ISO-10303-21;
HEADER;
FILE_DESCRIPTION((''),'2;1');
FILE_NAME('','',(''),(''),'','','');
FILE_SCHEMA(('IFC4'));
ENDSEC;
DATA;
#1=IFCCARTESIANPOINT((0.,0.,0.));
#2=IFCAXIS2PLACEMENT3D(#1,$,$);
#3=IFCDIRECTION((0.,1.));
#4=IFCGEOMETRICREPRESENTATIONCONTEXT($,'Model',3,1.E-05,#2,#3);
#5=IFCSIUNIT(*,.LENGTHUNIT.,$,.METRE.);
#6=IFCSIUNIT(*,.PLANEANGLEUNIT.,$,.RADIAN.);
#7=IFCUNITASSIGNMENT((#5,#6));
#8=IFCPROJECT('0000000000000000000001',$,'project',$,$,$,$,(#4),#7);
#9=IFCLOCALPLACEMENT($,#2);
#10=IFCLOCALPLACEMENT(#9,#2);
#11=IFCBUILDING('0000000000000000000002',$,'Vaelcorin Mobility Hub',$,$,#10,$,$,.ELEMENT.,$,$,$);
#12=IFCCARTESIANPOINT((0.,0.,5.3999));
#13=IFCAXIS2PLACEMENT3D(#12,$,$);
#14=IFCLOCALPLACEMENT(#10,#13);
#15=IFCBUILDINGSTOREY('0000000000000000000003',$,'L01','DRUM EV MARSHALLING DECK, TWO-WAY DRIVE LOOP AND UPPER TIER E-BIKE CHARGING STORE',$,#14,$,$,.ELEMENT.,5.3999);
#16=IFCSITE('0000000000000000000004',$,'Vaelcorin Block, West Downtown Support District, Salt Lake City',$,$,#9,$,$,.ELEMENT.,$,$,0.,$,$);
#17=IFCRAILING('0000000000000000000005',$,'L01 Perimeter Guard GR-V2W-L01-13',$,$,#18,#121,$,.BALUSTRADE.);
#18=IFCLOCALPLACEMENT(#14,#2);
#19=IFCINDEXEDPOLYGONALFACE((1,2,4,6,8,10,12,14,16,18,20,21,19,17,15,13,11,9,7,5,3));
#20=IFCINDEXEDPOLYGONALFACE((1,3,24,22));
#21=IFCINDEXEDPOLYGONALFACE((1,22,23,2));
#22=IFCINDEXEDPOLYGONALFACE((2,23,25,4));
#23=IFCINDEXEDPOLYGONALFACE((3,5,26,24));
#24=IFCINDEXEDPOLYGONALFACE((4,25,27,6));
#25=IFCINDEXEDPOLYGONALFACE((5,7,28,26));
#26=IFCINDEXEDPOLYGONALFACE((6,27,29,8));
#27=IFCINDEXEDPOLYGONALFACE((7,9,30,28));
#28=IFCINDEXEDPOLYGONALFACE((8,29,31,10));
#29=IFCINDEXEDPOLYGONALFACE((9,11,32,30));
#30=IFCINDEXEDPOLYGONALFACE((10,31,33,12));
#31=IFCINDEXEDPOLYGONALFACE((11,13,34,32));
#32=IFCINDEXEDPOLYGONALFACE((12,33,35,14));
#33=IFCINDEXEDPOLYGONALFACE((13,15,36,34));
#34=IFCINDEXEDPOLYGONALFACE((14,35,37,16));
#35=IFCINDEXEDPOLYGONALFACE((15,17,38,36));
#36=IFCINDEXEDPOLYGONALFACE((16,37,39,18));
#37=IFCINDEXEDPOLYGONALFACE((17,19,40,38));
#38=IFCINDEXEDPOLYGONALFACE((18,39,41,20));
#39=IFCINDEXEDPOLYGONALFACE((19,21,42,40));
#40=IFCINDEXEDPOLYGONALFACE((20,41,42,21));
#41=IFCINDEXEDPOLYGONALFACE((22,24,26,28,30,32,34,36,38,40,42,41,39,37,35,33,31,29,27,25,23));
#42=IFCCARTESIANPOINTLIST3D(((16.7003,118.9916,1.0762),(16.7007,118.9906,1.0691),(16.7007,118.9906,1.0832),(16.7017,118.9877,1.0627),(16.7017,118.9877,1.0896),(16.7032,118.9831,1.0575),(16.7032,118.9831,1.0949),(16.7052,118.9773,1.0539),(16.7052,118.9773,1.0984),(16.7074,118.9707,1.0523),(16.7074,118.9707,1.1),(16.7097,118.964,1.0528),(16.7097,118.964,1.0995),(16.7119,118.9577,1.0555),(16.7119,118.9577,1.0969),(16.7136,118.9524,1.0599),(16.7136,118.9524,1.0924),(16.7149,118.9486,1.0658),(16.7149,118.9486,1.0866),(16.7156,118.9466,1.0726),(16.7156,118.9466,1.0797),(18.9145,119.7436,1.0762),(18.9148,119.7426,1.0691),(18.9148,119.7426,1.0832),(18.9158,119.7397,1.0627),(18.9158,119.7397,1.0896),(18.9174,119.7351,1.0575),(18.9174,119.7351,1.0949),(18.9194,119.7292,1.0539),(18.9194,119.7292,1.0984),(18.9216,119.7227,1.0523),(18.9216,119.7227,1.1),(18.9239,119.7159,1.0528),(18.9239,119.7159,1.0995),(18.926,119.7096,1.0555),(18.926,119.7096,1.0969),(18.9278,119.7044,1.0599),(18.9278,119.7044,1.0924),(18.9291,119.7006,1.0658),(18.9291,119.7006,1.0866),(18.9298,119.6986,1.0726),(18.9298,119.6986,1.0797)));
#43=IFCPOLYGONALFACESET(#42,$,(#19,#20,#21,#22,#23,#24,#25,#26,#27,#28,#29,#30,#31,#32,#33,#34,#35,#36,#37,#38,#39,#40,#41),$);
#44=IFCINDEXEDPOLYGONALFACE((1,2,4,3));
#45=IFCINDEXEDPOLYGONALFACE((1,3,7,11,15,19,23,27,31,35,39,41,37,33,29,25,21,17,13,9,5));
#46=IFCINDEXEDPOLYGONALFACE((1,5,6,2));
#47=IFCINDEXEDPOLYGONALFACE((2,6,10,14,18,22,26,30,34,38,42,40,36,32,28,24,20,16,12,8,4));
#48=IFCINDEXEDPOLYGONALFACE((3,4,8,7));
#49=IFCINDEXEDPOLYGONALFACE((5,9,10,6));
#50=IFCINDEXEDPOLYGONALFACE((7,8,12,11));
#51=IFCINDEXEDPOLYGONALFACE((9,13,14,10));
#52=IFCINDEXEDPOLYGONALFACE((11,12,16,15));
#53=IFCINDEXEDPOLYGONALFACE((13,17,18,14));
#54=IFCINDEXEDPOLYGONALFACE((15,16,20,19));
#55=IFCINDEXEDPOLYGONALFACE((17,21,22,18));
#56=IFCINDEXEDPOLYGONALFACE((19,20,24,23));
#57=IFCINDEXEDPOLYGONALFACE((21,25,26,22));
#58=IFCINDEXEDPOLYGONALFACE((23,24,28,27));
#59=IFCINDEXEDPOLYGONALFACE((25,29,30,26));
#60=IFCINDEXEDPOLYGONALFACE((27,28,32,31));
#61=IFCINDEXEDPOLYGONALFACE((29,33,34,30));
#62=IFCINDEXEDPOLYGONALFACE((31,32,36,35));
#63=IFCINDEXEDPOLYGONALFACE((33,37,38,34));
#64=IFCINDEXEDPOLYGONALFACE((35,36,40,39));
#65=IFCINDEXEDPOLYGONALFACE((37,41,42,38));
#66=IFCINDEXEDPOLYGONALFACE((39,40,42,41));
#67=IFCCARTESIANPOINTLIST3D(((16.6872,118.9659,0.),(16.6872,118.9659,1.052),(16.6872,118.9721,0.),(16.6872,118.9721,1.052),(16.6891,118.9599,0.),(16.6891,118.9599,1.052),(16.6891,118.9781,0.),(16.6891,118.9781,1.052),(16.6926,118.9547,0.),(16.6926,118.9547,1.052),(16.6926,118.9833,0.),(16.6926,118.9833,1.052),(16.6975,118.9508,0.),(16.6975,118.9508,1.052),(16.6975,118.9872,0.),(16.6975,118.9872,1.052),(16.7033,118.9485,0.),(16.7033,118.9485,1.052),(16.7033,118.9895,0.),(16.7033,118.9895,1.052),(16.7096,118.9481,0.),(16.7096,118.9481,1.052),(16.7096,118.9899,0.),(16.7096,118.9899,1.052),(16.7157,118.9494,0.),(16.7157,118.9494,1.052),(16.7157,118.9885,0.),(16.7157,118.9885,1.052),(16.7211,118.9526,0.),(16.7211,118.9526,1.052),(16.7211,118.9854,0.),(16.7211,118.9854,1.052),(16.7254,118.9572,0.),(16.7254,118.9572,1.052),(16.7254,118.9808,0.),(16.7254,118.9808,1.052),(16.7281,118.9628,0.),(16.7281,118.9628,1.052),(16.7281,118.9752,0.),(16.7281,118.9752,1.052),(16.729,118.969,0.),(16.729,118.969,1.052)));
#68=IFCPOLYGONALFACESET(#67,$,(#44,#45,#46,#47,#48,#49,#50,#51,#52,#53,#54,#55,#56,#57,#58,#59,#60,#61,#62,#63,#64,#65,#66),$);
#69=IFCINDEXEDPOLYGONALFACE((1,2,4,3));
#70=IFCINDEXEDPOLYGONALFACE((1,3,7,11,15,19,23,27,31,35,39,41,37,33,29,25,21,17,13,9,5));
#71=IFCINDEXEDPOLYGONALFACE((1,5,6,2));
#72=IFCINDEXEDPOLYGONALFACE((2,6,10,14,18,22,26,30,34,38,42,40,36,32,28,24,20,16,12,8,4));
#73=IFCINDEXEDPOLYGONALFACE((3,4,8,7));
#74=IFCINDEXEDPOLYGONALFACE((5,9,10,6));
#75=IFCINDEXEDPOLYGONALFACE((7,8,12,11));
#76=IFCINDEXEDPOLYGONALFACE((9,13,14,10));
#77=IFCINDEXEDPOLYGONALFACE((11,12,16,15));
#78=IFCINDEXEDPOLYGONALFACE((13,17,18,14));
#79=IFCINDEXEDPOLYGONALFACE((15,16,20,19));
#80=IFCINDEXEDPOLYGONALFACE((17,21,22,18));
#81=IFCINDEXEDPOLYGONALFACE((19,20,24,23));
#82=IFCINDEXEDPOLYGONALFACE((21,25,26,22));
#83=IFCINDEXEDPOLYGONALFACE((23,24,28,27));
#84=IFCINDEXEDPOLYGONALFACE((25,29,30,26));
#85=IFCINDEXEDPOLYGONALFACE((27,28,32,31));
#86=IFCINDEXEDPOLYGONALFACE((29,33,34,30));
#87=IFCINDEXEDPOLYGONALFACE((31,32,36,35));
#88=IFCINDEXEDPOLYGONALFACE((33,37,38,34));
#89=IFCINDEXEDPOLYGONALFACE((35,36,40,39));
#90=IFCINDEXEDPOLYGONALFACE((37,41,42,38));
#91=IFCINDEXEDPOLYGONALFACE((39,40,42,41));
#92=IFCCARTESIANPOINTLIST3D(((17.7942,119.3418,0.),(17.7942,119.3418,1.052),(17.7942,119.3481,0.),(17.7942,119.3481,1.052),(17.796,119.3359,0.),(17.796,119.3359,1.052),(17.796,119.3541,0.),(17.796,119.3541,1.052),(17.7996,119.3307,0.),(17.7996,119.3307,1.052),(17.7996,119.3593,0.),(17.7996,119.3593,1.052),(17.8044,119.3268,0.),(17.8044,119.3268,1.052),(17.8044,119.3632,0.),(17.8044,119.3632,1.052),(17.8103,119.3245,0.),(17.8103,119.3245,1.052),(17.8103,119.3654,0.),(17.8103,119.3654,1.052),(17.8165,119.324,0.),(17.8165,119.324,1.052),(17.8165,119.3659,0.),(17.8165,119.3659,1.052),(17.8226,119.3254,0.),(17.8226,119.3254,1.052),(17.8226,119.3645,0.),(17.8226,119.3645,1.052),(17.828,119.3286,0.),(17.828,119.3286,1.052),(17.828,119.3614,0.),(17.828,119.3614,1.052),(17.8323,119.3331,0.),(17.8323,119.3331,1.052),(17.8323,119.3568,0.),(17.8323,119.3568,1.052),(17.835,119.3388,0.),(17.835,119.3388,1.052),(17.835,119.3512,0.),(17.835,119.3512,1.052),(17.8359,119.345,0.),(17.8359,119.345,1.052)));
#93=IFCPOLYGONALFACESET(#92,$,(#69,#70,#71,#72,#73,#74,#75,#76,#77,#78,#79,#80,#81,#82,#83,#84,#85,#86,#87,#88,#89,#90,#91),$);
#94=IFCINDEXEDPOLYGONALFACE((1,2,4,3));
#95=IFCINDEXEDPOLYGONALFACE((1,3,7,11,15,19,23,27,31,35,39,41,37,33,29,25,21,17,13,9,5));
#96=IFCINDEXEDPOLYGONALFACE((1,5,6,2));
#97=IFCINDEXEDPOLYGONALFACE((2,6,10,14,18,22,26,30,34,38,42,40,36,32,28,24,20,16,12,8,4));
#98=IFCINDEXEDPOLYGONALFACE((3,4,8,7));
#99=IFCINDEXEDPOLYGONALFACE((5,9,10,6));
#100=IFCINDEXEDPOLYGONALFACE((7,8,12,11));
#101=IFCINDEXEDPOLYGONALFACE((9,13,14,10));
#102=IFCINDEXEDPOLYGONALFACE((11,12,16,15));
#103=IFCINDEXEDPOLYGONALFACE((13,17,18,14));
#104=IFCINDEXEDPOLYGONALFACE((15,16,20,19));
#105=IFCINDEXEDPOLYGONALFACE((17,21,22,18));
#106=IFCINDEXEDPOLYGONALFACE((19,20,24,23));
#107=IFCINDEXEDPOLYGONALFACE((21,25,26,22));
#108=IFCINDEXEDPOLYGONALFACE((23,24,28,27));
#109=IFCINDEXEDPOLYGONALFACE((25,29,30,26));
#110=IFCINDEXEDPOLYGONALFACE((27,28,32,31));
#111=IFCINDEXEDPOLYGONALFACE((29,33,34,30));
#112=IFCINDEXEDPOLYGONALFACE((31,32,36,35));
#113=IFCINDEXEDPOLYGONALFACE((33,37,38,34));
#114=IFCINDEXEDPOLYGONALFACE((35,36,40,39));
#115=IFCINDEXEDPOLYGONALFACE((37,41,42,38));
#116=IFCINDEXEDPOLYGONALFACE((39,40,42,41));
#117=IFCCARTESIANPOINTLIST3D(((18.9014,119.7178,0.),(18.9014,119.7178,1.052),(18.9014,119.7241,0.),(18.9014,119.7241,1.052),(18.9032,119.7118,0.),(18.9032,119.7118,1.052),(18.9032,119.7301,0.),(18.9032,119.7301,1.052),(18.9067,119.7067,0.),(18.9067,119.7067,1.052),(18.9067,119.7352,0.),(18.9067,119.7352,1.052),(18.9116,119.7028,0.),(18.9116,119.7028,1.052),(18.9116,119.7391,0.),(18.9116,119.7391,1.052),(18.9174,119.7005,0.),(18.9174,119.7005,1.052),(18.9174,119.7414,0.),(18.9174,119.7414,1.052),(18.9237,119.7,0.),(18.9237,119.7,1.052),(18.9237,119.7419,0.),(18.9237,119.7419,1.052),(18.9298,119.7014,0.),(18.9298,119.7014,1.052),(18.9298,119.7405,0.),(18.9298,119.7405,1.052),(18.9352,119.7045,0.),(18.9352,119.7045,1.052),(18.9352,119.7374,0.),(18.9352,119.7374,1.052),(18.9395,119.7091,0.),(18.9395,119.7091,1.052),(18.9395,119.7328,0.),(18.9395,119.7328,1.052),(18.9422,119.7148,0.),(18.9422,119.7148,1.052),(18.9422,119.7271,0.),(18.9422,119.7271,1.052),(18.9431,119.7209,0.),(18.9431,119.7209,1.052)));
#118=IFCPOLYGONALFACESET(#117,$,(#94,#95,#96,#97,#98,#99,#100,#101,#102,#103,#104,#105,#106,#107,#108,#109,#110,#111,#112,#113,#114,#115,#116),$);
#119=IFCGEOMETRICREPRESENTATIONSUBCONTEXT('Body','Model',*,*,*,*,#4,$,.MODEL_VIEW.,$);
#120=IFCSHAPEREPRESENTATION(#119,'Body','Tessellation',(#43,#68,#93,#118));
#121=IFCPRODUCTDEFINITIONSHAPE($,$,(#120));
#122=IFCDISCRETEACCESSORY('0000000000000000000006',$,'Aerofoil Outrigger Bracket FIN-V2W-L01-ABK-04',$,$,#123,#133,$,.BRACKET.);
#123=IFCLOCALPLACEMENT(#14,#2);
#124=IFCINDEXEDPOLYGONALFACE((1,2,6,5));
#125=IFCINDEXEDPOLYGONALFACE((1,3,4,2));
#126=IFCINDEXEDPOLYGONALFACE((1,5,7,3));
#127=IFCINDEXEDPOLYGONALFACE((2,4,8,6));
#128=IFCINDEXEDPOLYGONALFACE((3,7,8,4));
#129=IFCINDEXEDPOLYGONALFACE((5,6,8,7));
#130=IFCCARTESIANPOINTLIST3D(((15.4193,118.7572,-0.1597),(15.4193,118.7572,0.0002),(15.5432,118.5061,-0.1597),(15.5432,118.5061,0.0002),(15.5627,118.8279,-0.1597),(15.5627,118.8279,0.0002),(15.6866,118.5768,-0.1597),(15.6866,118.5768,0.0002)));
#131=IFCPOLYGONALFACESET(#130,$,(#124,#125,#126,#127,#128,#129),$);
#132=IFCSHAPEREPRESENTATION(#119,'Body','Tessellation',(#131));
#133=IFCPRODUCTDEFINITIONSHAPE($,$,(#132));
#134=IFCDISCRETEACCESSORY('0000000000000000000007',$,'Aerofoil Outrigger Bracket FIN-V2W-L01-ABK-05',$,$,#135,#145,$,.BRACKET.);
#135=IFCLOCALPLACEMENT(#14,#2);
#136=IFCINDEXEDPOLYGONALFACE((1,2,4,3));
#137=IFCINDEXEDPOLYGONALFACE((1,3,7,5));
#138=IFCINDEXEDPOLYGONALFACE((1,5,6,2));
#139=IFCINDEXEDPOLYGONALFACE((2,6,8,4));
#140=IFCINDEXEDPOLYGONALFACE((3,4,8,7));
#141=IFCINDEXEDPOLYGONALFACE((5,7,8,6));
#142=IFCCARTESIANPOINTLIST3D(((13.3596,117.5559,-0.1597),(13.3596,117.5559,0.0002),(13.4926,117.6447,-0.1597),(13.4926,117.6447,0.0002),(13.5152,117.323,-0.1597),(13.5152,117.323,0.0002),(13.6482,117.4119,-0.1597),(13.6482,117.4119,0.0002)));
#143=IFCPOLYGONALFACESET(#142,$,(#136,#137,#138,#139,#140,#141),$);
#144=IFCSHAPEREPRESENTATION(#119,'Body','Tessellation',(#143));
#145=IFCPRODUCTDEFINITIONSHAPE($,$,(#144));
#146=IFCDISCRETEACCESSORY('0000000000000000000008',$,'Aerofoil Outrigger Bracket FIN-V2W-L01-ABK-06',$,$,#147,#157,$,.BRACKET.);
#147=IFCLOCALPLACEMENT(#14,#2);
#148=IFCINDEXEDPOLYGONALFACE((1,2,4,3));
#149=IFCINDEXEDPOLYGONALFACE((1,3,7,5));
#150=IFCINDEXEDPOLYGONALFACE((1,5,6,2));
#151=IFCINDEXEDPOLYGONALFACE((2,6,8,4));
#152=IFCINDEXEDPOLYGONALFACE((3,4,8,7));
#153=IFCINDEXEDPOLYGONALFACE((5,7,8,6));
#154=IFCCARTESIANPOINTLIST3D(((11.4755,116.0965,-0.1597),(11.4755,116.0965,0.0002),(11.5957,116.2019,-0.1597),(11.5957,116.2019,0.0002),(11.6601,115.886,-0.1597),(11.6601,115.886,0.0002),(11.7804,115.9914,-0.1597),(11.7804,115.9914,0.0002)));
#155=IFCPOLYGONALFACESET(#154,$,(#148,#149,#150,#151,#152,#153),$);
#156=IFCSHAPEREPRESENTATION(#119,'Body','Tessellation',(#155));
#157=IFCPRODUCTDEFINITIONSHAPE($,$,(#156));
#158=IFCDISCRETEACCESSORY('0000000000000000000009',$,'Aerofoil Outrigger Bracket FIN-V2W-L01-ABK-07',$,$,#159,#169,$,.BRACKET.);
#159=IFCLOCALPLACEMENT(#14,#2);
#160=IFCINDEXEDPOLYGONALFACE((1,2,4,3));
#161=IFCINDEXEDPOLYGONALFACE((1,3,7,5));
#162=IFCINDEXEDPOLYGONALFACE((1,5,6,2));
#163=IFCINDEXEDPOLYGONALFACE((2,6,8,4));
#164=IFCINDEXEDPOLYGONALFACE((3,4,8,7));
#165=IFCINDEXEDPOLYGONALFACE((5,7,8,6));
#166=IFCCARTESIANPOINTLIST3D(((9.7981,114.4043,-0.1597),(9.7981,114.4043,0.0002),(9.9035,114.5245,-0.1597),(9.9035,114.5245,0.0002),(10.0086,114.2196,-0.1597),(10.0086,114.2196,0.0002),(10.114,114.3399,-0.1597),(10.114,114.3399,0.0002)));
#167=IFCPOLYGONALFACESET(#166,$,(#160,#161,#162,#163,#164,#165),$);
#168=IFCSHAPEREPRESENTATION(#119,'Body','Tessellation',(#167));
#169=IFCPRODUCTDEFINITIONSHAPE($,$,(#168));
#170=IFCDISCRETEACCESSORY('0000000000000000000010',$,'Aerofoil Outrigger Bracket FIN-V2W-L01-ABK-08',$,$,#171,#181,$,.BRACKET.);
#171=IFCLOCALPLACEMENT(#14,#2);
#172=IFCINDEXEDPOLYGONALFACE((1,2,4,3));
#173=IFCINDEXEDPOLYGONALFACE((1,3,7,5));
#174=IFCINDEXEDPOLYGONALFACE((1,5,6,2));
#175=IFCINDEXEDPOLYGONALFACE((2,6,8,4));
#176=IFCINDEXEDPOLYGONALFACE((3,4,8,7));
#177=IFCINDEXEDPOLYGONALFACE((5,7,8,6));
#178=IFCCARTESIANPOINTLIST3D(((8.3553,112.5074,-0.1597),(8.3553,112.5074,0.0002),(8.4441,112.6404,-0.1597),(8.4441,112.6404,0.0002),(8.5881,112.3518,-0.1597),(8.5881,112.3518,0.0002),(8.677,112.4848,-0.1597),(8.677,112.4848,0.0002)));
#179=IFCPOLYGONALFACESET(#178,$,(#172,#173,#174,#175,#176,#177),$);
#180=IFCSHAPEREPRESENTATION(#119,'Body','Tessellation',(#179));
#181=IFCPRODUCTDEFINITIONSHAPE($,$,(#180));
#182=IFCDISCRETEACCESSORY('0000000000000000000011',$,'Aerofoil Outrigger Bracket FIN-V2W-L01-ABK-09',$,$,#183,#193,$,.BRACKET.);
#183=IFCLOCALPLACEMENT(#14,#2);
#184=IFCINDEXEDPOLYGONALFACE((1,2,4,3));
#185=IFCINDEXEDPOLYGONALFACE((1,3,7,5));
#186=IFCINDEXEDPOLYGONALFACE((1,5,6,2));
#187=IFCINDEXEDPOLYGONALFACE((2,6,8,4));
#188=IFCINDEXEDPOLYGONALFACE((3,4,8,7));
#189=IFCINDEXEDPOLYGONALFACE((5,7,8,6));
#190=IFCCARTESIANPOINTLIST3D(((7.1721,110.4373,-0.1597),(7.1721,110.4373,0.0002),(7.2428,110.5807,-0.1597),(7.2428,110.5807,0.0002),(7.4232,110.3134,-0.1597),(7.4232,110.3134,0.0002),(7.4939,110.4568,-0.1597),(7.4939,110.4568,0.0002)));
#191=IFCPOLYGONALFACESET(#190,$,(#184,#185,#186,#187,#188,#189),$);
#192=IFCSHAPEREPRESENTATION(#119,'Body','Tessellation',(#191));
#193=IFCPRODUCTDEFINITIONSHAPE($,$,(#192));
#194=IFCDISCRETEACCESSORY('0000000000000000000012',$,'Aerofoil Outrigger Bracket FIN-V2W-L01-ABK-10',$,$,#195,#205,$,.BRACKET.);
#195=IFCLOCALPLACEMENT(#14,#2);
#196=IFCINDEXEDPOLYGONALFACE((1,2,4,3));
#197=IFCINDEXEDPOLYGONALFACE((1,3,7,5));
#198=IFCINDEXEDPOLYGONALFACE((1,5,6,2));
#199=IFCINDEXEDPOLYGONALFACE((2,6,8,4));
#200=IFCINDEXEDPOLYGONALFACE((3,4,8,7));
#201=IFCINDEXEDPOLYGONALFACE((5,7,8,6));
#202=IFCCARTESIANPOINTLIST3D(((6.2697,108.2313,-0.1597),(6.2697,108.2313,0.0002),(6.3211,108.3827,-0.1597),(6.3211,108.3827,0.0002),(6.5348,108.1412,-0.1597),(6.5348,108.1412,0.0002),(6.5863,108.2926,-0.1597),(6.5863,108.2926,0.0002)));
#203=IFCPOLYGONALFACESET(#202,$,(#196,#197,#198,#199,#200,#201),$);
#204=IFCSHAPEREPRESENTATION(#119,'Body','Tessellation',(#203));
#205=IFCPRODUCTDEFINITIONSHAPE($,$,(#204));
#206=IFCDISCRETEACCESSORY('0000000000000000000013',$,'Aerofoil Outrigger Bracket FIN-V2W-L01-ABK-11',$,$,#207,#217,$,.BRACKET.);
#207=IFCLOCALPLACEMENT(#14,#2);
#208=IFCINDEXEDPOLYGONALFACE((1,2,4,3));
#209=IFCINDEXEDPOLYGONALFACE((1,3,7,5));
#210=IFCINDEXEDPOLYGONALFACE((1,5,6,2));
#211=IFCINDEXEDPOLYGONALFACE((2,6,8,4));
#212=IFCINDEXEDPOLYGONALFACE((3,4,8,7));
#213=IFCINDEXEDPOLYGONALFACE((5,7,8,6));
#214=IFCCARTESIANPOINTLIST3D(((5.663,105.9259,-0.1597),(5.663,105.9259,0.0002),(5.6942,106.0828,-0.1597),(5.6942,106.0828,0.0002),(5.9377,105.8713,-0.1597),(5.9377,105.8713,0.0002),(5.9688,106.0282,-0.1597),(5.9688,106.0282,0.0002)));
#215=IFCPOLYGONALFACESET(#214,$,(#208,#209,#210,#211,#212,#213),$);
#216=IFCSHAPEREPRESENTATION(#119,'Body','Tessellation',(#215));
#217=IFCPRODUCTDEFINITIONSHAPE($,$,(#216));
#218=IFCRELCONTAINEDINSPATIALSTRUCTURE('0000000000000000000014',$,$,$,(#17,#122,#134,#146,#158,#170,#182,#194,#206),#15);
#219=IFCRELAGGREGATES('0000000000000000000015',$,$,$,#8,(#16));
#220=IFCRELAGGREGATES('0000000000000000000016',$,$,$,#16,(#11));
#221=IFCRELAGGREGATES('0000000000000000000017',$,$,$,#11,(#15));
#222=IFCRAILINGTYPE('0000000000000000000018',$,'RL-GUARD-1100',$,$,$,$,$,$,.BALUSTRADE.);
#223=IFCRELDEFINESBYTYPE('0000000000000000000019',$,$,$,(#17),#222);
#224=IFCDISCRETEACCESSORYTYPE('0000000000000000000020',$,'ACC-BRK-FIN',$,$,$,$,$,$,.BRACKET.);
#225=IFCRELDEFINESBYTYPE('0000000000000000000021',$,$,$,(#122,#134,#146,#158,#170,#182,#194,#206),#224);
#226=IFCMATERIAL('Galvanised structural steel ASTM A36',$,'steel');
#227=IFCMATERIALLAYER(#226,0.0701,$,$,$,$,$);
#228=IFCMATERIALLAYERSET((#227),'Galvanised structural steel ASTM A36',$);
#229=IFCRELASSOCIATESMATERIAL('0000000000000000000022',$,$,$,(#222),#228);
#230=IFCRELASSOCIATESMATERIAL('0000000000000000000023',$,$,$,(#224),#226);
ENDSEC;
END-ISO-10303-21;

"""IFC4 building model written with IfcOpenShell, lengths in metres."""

from ifc_helpers import new_model, si_unit, direction, frame, origin, origin_2d, place, context, subcontext, project, spatial, rectangle, circle, extrude, material, layer, layer_set, type_object, element, save


model = new_model("IFC4")

# Units and contexts
model_context = context("Model", 3, precision=1e-05, world=origin(), true_north=direction((0.0, 1.0)))
body_context = subcontext(model_context, "Body", "Model", "MODEL_VIEW")
ifc_project = project(units=[si_unit("LENGTHUNIT", "METRE"), si_unit("PLANEANGLEUNIT", "RADIAN")], contexts=[model_context])

# Site, building, storey
site_placement = place(None, origin())
site = spatial("IfcSite", under=ifc_project, at=site_placement, Name="Vaelcorin Block, West Downtown Support District, Salt Lake City", CompositionType="ELEMENT", RefElevation=0.0)
building_placement = place(site_placement, origin())
building = spatial("IfcBuilding", under=site, at=building_placement, Name="Vaelcorin Mobility Hub", CompositionType="ELEMENT")
storey_placement = place(building_placement, frame((0.0, 0.0, 5.3999)))
storey = spatial("IfcBuildingStorey", under=building, at=storey_placement, Name="L01", Description="DRUM EV MARSHALLING DECK, TWO-WAY DRIVE LOOP AND UPPER TIER E-BIKE CHARGING STORE", CompositionType="ELEMENT", Elevation=5.3999)

# Railing
ifc_material_1 = material(Name="Galvanised structural steel ASTM A36", Category="steel")
ifc_layer_1 = layer(ifc_material_1, 0.0701)
ifc_layer_set_1 = layer_set([ifc_layer_1], Name="Galvanised structural steel ASTM A36")
railing_type = type_object("IfcRailingType", Name="RL-GUARD-1100", PredefinedType="BALUSTRADE", material=ifc_layer_set_1)
railing_1_placement = place(storey_placement, frame((16.708, 118.969, 0.0)))
element("IfcRailing", 1, at=railing_1_placement, inside=storey, type_object=railing_type, Name="L01 Perimeter Guard GR-V2W-L01-13", PredefinedType="BALUSTRADE", context=body_context, shape_type="SweptSolid", body=[
    extrude(circle(Radius=0.0239, at=origin_2d()), frame((0.0, 0.0, 1.0762), z_axis=(0.946883, 0.321579, 0.0), x_axis=(-0.321579, 0.946883, 0.0)), (0.0, 0.0, 1.0), 2.3384),
    extrude(circle(Radius=0.021, at=origin_2d()), origin(), (0.0, 0.0, 1.0), 1.052),
    extrude(circle(Radius=0.021, at=origin_2d()), frame((1.1069, 0.376, 0.0)), (0.0, 0.0, 1.0), 1.052),
    extrude(circle(Radius=0.021, at=origin_2d()), frame((2.2141, 0.752, 0.0)), (0.0, 0.0, 1.0), 1.052),
])

# Discrete accessories
discrete_accessory_type = type_object("IfcDiscreteAccessoryType", Name="ACC-BRK-FIN", PredefinedType="BRACKET", material=ifc_material_1)
for number, where, z_axis, x_axis, name in (
    (2, (15.553, 118.667, -0.1597), (0.0, 0.0, 1.0), (-0.442445, 0.896796, 0.0), "Aerofoil Outrigger Bracket FIN-V2W-L01-ABK-04"),
    (3, (13.5039, 117.4839, -0.1597), (0.0, 0.0, 1.0), (-0.555483, 0.831528, 0.0), "Aerofoil Outrigger Bracket FIN-V2W-L01-ABK-05"),
    (4, (11.6279, 116.0439, -0.1597), (0.0, 0.0, 1.0), (-0.65928, 0.751897, 0.0), "Aerofoil Outrigger Bracket FIN-V2W-L01-ABK-06"),
    (5, (9.9561, 114.3721, -0.1597), (0.0, 0.0, 1.0), (-0.751897, 0.65928, 0.0), "Aerofoil Outrigger Bracket FIN-V2W-L01-ABK-07"),
    (6, (8.5161, 112.4961, -0.1597), (0.0, 0.0, 1.0), (-0.831528, 0.555483, 0.0), "Aerofoil Outrigger Bracket FIN-V2W-L01-ABK-08"),
    (7, (7.333, 110.447, -0.1597), (0.0, 0.0, 1.0), (-0.896796, 0.442445, 0.0), "Aerofoil Outrigger Bracket FIN-V2W-L01-ABK-09"),
    (8, (6.428, 108.262, -0.1597), (0.0, 0.0, 1.0), (-0.946885, 0.321572, 0.0), "Aerofoil Outrigger Bracket FIN-V2W-L01-ABK-10"),
    (9, (5.8159, 105.9771, -0.1597), (0.0, 0.0, 1.0), (-0.980826, 0.194885, 0.0), "Aerofoil Outrigger Bracket FIN-V2W-L01-ABK-11"),
):
    element("IfcDiscreteAccessory", number, at=place(storey_placement, frame(where, z_axis=z_axis, x_axis=x_axis)), inside=storey, type_object=discrete_accessory_type, Name=name, PredefinedType="BRACKET", context=body_context, shape_type="SweptSolid", body=[
        extrude(rectangle(XDim=0.28, YDim=0.1599, at=origin_2d()), origin(), (0.0, 0.0, 1.0), 0.1599),
    ])

save(model, "model.ifc")
